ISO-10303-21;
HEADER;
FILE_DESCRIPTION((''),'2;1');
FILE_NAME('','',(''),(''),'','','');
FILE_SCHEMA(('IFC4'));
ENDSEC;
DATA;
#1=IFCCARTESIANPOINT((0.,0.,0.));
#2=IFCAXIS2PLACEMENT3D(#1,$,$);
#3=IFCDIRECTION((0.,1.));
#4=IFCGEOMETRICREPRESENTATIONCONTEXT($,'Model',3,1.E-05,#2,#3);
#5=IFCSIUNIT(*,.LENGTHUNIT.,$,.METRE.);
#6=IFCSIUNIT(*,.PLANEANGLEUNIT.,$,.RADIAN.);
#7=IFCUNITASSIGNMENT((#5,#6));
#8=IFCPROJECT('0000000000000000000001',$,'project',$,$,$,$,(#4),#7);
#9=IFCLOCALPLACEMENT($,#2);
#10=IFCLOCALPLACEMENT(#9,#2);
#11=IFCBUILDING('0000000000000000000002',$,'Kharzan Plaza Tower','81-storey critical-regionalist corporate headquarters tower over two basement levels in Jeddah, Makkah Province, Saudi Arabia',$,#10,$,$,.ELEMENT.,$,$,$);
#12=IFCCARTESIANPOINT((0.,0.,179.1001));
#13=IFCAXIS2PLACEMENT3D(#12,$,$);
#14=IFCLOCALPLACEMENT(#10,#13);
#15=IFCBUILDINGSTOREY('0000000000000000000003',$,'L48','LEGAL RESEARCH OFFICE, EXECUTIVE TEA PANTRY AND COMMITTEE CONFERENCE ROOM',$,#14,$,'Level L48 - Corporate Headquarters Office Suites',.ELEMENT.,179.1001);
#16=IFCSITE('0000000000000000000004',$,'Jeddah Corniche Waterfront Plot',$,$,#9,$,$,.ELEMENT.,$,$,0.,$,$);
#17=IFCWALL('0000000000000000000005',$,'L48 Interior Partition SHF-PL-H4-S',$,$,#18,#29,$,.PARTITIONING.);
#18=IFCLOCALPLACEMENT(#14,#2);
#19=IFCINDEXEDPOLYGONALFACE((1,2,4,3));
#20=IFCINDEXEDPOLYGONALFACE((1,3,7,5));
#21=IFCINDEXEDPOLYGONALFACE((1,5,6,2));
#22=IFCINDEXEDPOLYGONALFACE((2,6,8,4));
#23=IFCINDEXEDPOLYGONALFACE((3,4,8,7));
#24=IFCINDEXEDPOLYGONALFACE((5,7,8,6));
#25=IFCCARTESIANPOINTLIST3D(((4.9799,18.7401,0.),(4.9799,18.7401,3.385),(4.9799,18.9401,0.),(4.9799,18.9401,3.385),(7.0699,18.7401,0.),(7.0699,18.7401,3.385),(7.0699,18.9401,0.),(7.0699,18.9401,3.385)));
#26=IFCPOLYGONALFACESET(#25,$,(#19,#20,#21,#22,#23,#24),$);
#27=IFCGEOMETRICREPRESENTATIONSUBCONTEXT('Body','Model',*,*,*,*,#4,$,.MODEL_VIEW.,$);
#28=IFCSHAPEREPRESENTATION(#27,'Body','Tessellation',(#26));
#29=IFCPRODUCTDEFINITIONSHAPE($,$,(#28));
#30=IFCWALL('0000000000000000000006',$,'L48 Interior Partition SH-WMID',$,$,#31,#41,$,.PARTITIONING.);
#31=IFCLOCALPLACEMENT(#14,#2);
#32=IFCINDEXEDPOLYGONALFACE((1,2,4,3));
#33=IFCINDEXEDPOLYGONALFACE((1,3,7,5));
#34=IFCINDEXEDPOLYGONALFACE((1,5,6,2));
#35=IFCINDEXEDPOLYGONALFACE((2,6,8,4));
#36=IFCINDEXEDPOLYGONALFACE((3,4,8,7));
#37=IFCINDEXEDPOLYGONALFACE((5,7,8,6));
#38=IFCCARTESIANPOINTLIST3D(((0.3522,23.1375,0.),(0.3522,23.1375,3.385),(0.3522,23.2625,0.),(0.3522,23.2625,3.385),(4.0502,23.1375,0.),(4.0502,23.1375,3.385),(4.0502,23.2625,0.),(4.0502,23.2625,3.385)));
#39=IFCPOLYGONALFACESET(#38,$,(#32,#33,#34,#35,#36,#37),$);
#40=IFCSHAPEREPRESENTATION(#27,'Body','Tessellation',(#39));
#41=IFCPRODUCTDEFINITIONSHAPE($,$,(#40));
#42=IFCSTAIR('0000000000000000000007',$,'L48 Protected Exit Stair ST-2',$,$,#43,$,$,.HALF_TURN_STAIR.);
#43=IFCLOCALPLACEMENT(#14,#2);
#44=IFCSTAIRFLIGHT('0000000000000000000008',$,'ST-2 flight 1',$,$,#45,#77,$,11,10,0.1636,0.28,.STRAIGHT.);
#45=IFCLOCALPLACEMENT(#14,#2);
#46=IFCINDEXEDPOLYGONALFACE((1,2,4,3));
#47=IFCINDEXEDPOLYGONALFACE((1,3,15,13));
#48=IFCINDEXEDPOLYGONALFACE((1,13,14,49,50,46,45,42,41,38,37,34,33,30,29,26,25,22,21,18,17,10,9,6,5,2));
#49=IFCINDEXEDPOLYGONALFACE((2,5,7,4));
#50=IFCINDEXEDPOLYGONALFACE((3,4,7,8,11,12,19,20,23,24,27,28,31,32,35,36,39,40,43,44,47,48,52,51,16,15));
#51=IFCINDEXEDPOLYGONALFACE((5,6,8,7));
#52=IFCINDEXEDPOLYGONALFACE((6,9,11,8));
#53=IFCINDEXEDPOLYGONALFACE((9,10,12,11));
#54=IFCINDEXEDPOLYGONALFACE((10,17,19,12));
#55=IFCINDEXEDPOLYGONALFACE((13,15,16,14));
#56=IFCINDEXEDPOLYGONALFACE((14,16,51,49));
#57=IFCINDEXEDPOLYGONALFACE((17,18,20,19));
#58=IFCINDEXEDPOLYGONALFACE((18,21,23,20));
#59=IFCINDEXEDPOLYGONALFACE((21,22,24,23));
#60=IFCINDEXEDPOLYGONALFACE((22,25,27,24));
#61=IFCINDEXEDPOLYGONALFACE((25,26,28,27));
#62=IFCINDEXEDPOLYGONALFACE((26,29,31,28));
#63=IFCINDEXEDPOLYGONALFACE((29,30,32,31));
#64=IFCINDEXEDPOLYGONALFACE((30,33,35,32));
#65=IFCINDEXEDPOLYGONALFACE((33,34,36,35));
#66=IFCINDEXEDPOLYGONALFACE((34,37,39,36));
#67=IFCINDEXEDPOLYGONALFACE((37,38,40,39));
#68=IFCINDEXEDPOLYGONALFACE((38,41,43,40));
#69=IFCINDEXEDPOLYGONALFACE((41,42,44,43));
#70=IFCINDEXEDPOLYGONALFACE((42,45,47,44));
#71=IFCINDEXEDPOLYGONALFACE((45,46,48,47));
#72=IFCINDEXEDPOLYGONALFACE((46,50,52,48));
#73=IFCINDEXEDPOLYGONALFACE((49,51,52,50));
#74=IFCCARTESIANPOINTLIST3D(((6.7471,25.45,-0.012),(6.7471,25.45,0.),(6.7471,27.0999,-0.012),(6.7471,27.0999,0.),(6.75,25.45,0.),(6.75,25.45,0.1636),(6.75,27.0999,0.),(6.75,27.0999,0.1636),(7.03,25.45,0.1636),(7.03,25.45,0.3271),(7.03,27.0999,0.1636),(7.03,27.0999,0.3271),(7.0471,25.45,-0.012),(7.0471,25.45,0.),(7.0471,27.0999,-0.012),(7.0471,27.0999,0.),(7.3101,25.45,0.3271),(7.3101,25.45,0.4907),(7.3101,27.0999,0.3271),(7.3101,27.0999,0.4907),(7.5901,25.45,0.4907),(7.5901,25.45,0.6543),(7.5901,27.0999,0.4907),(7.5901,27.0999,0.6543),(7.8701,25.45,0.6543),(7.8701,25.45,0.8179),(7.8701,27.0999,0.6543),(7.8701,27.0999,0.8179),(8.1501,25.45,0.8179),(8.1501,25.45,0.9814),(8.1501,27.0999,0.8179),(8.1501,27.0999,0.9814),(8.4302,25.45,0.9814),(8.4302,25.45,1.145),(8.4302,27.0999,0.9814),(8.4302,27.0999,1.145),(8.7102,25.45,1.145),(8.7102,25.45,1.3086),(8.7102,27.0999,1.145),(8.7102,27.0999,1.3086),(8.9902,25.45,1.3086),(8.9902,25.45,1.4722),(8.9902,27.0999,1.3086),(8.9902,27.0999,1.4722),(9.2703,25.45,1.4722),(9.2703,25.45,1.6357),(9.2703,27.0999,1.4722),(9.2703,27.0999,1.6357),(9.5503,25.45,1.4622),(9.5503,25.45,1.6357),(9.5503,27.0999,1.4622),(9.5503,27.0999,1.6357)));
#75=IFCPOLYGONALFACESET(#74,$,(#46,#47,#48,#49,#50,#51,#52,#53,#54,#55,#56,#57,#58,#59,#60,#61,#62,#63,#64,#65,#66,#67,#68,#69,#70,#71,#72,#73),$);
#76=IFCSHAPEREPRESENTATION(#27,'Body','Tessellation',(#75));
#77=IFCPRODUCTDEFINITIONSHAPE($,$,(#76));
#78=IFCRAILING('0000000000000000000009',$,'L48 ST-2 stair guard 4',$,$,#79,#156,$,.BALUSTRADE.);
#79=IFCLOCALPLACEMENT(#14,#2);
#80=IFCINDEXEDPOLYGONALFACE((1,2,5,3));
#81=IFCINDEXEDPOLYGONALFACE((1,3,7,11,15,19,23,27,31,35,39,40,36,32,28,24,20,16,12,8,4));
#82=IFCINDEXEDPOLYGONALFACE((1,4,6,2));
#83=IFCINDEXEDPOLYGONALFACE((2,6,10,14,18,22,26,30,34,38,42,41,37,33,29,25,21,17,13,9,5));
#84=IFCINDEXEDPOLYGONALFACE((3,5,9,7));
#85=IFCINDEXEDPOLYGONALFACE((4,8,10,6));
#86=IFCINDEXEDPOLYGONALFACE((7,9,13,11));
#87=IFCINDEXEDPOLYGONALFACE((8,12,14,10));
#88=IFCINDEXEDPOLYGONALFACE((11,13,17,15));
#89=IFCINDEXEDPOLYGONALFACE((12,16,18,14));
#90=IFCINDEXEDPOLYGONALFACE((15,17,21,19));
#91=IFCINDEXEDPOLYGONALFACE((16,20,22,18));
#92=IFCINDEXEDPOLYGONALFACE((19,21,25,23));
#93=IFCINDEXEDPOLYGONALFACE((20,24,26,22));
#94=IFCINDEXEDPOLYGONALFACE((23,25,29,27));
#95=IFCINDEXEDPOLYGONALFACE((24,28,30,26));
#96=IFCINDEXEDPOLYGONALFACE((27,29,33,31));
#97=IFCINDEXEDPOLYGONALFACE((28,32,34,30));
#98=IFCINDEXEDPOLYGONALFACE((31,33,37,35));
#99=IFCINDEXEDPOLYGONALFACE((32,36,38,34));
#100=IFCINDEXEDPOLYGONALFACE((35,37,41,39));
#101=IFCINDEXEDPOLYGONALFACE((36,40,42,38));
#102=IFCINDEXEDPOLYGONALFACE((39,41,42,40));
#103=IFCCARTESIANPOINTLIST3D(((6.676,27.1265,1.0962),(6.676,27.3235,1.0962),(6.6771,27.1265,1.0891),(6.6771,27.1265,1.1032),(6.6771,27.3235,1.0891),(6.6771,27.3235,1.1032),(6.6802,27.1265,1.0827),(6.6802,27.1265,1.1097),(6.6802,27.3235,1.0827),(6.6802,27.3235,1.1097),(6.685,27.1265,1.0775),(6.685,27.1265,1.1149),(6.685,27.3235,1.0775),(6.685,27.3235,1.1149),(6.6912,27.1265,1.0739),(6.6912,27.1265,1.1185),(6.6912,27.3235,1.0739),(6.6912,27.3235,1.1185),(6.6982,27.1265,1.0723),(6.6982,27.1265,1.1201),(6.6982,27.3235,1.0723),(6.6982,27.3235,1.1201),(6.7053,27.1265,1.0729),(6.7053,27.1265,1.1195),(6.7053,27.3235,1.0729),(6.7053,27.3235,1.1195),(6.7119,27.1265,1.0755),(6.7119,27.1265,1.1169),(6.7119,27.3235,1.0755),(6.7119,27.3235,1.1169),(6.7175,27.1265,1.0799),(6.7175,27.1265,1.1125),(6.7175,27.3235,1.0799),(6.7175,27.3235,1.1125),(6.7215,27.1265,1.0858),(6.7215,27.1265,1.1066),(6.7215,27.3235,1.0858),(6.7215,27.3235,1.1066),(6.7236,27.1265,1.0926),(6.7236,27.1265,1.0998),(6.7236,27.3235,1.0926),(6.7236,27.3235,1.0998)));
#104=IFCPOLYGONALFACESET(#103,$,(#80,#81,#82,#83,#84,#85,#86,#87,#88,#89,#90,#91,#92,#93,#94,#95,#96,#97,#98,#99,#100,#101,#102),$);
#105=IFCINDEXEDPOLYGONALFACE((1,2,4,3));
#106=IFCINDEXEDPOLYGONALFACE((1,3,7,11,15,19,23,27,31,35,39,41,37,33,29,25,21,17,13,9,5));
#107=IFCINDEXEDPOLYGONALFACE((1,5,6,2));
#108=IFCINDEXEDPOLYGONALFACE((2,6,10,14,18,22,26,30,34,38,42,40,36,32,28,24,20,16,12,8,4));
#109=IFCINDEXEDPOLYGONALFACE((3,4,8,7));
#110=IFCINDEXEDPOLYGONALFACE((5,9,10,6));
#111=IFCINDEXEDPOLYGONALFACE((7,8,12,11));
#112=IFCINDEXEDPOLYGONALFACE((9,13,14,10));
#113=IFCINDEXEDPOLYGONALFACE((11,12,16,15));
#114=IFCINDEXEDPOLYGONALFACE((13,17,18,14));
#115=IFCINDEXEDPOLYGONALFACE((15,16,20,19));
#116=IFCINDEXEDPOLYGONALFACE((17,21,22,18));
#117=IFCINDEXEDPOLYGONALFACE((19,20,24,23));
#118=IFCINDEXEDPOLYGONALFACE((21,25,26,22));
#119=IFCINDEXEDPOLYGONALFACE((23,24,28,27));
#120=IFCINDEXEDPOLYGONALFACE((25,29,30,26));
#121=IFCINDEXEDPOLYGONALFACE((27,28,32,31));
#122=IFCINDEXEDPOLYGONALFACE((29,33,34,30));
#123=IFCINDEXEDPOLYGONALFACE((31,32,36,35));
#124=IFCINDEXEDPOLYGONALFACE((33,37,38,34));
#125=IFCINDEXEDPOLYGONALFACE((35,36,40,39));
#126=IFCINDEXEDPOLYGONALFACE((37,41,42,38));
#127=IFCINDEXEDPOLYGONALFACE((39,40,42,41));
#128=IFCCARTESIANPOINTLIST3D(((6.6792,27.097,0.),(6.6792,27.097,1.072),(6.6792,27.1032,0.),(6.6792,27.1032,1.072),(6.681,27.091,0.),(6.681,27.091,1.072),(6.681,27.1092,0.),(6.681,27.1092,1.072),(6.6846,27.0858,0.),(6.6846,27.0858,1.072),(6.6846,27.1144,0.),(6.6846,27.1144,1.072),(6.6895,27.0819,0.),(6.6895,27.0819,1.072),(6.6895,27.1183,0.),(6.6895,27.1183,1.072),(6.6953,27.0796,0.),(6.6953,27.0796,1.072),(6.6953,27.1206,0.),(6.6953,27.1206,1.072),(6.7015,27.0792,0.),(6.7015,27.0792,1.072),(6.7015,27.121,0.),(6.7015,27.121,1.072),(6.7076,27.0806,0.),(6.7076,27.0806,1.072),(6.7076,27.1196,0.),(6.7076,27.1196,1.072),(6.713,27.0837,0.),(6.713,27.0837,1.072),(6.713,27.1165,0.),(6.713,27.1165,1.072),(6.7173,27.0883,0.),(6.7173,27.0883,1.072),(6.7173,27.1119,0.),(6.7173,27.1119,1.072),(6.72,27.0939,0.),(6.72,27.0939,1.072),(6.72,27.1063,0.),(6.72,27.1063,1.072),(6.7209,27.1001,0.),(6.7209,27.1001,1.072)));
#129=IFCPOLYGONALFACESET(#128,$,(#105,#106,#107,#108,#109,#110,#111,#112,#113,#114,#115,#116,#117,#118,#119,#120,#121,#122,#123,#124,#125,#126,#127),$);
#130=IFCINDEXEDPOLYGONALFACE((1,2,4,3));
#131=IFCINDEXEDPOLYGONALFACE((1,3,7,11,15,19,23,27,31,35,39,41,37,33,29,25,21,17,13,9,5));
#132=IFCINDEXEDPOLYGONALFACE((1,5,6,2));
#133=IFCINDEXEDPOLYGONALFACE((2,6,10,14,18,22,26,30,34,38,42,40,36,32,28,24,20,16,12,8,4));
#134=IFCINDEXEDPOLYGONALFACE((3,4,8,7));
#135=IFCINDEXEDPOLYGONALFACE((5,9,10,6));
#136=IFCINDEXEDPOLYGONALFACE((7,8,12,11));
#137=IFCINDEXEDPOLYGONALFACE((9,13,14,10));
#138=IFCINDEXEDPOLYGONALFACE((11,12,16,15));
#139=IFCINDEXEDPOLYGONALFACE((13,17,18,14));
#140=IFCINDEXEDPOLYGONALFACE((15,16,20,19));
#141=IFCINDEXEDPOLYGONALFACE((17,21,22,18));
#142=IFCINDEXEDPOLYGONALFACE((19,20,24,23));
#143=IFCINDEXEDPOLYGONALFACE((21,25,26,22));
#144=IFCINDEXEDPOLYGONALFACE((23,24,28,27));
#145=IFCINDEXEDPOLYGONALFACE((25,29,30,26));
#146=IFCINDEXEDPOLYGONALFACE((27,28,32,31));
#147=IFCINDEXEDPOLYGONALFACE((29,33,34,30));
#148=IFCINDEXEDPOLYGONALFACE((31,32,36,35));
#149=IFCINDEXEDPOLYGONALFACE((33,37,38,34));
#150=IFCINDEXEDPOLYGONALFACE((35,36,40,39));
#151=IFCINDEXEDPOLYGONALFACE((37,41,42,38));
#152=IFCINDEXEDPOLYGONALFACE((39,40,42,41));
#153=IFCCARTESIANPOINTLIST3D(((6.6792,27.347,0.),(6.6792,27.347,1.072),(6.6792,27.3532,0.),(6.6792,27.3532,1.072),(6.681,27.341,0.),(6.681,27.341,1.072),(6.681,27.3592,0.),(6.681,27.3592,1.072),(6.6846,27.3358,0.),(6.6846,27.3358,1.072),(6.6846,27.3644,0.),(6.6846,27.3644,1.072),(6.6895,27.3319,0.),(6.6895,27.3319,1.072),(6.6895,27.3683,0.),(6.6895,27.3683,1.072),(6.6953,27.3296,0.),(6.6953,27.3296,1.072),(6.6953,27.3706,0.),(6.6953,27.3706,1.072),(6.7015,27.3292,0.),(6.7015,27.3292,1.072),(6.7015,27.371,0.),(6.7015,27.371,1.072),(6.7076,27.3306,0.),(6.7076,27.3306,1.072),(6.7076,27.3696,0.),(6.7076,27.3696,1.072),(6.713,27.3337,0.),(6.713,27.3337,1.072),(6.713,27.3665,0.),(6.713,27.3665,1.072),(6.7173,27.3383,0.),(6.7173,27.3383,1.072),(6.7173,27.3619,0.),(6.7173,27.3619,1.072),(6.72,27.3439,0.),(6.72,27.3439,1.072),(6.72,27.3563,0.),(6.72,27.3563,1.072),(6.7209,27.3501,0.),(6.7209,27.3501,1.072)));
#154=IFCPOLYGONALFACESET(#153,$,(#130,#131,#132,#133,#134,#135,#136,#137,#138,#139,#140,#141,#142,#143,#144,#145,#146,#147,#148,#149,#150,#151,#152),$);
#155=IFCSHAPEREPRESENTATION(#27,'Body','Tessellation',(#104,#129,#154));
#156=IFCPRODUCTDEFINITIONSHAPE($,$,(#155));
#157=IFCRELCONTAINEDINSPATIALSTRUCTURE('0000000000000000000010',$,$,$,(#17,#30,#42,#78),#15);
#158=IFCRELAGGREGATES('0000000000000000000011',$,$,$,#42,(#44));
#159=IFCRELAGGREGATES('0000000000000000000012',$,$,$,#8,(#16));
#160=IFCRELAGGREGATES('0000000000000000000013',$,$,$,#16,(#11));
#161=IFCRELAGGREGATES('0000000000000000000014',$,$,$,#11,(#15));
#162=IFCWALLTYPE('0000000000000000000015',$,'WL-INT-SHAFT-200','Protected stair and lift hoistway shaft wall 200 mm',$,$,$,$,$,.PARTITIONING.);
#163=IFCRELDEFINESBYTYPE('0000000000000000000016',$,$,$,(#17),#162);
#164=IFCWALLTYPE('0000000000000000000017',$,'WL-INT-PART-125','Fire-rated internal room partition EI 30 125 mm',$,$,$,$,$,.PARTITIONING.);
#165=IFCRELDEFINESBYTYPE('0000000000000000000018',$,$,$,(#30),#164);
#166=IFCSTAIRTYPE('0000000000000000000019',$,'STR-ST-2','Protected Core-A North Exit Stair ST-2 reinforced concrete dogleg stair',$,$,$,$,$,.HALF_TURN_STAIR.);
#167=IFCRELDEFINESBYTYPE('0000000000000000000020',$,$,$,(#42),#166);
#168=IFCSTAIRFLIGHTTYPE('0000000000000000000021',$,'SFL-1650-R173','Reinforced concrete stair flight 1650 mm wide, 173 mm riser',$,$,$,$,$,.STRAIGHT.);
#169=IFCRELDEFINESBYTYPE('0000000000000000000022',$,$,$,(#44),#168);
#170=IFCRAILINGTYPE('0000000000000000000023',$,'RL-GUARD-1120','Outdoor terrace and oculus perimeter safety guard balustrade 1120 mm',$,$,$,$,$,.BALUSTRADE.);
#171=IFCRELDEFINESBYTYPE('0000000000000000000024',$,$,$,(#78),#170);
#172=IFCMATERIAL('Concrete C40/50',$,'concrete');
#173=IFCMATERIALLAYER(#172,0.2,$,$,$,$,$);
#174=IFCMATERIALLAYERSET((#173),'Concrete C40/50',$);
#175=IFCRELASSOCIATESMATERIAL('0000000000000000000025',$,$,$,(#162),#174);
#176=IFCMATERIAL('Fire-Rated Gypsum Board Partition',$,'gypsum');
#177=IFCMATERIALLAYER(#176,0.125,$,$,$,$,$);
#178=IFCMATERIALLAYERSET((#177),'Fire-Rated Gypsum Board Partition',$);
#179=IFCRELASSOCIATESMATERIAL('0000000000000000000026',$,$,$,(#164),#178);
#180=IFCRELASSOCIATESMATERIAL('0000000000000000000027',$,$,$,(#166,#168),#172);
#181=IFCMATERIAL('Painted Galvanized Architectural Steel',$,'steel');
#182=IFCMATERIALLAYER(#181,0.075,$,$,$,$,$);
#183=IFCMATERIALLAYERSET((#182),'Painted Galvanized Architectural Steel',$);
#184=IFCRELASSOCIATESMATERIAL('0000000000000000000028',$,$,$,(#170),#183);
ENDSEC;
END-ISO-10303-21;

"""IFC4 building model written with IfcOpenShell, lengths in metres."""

from ifc_helpers import new_model, si_unit, direction, frame, frame_2d, origin, origin_2d, place, context, subcontext, project, spatial, polyline, rectangle, circle, outline, extrude, source, transform, mapped, material, layer, layer_set, type_object, element, aggregate, save


model = new_model("IFC4")

# Units and contexts
model_context = context("Model", 3, precision=1e-05, world=origin(), true_north=direction((0.0, 1.0)))
body_context = subcontext(model_context, "Body", "Model", "MODEL_VIEW")
ifc_project = project(units=[si_unit("LENGTHUNIT", "METRE"), si_unit("PLANEANGLEUNIT", "RADIAN")], contexts=[model_context])

# Site, building, storey
site_placement = place(None, origin())
site = spatial("IfcSite", under=ifc_project, at=site_placement, Name="Jeddah Corniche Waterfront Plot", CompositionType="ELEMENT", RefElevation=0.0)
building_placement = place(site_placement, origin())
building = spatial("IfcBuilding", under=site, at=building_placement, Name="Kharzan Plaza Tower", Description="81-storey critical-regionalist corporate headquarters tower over two basement levels in Jeddah, Makkah Province, Saudi Arabia", CompositionType="ELEMENT")
storey_placement = place(building_placement, frame((0.0, 0.0, 179.1001)))
storey = spatial("IfcBuildingStorey", under=building, at=storey_placement, Name="L48", Description="LEGAL RESEARCH OFFICE, EXECUTIVE TEA PANTRY AND COMMITTEE CONFERENCE ROOM", LongName="Level L48 - Corporate Headquarters Office Suites", CompositionType="ELEMENT", Elevation=179.1001)

# Shared definitions
ifc_material_1 = material(Name="Concrete C40/50", Category="concrete")

# Walls
ifc_layer_1 = layer(ifc_material_1, 0.2)
ifc_layer_set_1 = layer_set([ifc_layer_1], Name="Concrete C40/50")
wall_type_1 = type_object("IfcWallType", Name="WL-INT-SHAFT-200", Description="Protected stair and lift hoistway shaft wall 200 mm", PredefinedType="PARTITIONING", material=ifc_layer_set_1)
shared_shape_1 = source(origin(), body_context, "Body", "SweptSolid", [
    extrude(rectangle(XDim=2.0901, YDim=0.2, at=frame_2d((1.0449, 0.0))), origin(), (0.0, 0.0, 1.0), 3.385),
])
wall_1_placement = place(storey_placement, frame((4.98, 18.8401, 0.0), z_axis=(0.0, 0.0, 1.0), x_axis=(1.0, 0.0, 0.0)))
element("IfcWall", 1, at=wall_1_placement, inside=storey, type_object=wall_type_1, Name="L48 Interior Partition SHF-PL-H4-S", PredefinedType="PARTITIONING", context=body_context, shape_type="MappedRepresentation", body=[
    mapped(shared_shape_1, transform((0.0, 0.0, 0.0), x_axis=(1.0, 0.0, 0.0), y_axis=(0.0, 1.0, 0.0), z_axis=(0.0, 0.0, 1.0))),
])
ifc_material_2 = material(Name="Fire-Rated Gypsum Board Partition", Category="gypsum")
ifc_layer_2 = layer(ifc_material_2, 0.125)
ifc_layer_set_2 = layer_set([ifc_layer_2], Name="Fire-Rated Gypsum Board Partition")
wall_type_2 = type_object("IfcWallType", Name="WL-INT-PART-125", Description="Fire-rated internal room partition EI 30 125 mm", PredefinedType="PARTITIONING", material=ifc_layer_set_2)
shared_shape_2 = source(origin(), body_context, "Body", "SweptSolid", [
    extrude(rectangle(XDim=3.698, YDim=0.125, at=frame_2d((1.8491, 0.0))), origin(), (0.0, 0.0, 1.0), 3.385),
])
wall_2_placement = place(storey_placement, frame((0.3521, 23.2, 0.0), z_axis=(0.0, 0.0, 1.0), x_axis=(1.0, 0.0, 0.0)))
element("IfcWall", 2, at=wall_2_placement, inside=storey, type_object=wall_type_2, Name="L48 Interior Partition SH-WMID", PredefinedType="PARTITIONING", context=body_context, shape_type="MappedRepresentation", body=[
    mapped(shared_shape_2, transform((0.0, 0.0, 0.0), x_axis=(1.0, 0.0, 0.0), y_axis=(0.0, 1.0, 0.0), z_axis=(0.0, 0.0, 1.0))),
])

# Stair, stair flight
stair_type = type_object("IfcStairType", Name="STR-ST-2", Description="Protected Core-A North Exit Stair ST-2 reinforced concrete dogleg stair", PredefinedType="HALF_TURN_STAIR", material=ifc_material_1)
stair_placement = place(storey_placement, origin())
stair = element("IfcStair", 3, at=stair_placement, inside=storey, type_object=stair_type, Name="L48 Protected Exit Stair ST-2", PredefinedType="HALF_TURN_STAIR")
stair_flight_type = type_object("IfcStairFlightType", Name="SFL-1650-R173", Description="Reinforced concrete stair flight 1650 mm wide, 173 mm riser", PredefinedType="STRAIGHT", material=ifc_material_1)
shared_shape_3 = source(origin(), body_context, "Body", "SweptSolid", [
    extrude(outline(polyline([(-0.0029, -0.012), (-0.0029, 0.0), (0.0, 0.0), (0.0, 0.1636), (0.28, 0.1636), (0.28, 0.3271), (0.5601, 0.3271), (0.5601, 0.4907), (0.8401, 0.4907), (0.8401, 0.6543), (1.1201, 0.6543), (1.1201, 0.8179), (1.4001, 0.8179), (1.4001, 0.9814), (1.6802, 0.9814), (1.6802, 1.145), (1.9602, 1.145), (1.9602, 1.3086), (2.2402, 1.3086), (2.2402, 1.4722), (2.5203, 1.4722), (2.5203, 1.6357), (2.8003, 1.6357), (2.8003, 1.7993), (2.8003, 1.4622), (0.2971, 0.0), (0.2971, -0.012), (-0.0029, -0.012)])), frame((0.0, 0.825, 0.0), z_axis=(0.0, -1.0, 0.0), x_axis=(1.0, 0.0, 0.0)), (0.0, 0.0, 1.0), 1.6499),
])
stair_flight_placement = place(storey_placement, frame((6.75, 26.2749, 0.0), z_axis=(0.0, 0.0, 1.0), x_axis=(1.0, 0.0, 0.0)))
stair_flight = element("IfcStairFlight", 4, at=stair_flight_placement, type_object=stair_flight_type, Name="ST-2 flight 1", NumberOfRisers=11, NumberOfTreads=10, PredefinedType="STRAIGHT", RiserHeight=0.1636, TreadLength=0.28, context=body_context, shape_type="MappedRepresentation", body=[
    mapped(shared_shape_3, transform((0.0, 0.0, 0.0), x_axis=(1.0, 0.0, 0.0), y_axis=(0.0, 1.0, 0.0), z_axis=(0.0, 0.0, 1.0))),
])
aggregate(stair, [stair_flight])

# Railing
ifc_material_3 = material(Name="Painted Galvanized Architectural Steel", Category="steel")
ifc_layer_3 = layer(ifc_material_3, 0.075)
ifc_layer_set_3 = layer_set([ifc_layer_3], Name="Painted Galvanized Architectural Steel")
railing_type_1 = type_object("IfcRailingType", Name="RL-GUARD-1120", Description="Outdoor terrace and oculus perimeter safety guard balustrade 1120 mm", PredefinedType="BALUSTRADE", material=ifc_layer_set_3)
shared_shape_4 = source(origin(), body_context, "Body", "SweptSolid", [
    extrude(circle(Radius=0.0239, at=origin_2d()), frame((0.0, 0.0264, 1.0962), z_axis=(0.0, 1.0, 0.0), x_axis=(-1.0, 0.0, 0.0)), (0.0, 0.0, 1.0), 0.197),
    extrude(circle(Radius=0.021, at=origin_2d()), origin(), (0.0, 0.0, 1.0), 1.072),
    extrude(circle(Radius=0.021, at=origin_2d()), frame((0.0, 0.25, 0.0)), (0.0, 0.0, 1.0), 1.072),
])
railing_1_placement = place(storey_placement, frame((6.7, 27.1001, 0.0)))
element("IfcRailing", 5, at=railing_1_placement, inside=storey, type_object=railing_type_1, Name="L48 ST-2 stair guard 4", PredefinedType="BALUSTRADE", context=body_context, shape_type="MappedRepresentation", body=[
    mapped(shared_shape_4, transform((0.0, 0.0, 0.0), x_axis=(1.0, 0.0, 0.0), y_axis=(0.0, 1.0, 0.0), z_axis=(0.0, 0.0, 1.0))),
])

save(model, "model.ifc")
